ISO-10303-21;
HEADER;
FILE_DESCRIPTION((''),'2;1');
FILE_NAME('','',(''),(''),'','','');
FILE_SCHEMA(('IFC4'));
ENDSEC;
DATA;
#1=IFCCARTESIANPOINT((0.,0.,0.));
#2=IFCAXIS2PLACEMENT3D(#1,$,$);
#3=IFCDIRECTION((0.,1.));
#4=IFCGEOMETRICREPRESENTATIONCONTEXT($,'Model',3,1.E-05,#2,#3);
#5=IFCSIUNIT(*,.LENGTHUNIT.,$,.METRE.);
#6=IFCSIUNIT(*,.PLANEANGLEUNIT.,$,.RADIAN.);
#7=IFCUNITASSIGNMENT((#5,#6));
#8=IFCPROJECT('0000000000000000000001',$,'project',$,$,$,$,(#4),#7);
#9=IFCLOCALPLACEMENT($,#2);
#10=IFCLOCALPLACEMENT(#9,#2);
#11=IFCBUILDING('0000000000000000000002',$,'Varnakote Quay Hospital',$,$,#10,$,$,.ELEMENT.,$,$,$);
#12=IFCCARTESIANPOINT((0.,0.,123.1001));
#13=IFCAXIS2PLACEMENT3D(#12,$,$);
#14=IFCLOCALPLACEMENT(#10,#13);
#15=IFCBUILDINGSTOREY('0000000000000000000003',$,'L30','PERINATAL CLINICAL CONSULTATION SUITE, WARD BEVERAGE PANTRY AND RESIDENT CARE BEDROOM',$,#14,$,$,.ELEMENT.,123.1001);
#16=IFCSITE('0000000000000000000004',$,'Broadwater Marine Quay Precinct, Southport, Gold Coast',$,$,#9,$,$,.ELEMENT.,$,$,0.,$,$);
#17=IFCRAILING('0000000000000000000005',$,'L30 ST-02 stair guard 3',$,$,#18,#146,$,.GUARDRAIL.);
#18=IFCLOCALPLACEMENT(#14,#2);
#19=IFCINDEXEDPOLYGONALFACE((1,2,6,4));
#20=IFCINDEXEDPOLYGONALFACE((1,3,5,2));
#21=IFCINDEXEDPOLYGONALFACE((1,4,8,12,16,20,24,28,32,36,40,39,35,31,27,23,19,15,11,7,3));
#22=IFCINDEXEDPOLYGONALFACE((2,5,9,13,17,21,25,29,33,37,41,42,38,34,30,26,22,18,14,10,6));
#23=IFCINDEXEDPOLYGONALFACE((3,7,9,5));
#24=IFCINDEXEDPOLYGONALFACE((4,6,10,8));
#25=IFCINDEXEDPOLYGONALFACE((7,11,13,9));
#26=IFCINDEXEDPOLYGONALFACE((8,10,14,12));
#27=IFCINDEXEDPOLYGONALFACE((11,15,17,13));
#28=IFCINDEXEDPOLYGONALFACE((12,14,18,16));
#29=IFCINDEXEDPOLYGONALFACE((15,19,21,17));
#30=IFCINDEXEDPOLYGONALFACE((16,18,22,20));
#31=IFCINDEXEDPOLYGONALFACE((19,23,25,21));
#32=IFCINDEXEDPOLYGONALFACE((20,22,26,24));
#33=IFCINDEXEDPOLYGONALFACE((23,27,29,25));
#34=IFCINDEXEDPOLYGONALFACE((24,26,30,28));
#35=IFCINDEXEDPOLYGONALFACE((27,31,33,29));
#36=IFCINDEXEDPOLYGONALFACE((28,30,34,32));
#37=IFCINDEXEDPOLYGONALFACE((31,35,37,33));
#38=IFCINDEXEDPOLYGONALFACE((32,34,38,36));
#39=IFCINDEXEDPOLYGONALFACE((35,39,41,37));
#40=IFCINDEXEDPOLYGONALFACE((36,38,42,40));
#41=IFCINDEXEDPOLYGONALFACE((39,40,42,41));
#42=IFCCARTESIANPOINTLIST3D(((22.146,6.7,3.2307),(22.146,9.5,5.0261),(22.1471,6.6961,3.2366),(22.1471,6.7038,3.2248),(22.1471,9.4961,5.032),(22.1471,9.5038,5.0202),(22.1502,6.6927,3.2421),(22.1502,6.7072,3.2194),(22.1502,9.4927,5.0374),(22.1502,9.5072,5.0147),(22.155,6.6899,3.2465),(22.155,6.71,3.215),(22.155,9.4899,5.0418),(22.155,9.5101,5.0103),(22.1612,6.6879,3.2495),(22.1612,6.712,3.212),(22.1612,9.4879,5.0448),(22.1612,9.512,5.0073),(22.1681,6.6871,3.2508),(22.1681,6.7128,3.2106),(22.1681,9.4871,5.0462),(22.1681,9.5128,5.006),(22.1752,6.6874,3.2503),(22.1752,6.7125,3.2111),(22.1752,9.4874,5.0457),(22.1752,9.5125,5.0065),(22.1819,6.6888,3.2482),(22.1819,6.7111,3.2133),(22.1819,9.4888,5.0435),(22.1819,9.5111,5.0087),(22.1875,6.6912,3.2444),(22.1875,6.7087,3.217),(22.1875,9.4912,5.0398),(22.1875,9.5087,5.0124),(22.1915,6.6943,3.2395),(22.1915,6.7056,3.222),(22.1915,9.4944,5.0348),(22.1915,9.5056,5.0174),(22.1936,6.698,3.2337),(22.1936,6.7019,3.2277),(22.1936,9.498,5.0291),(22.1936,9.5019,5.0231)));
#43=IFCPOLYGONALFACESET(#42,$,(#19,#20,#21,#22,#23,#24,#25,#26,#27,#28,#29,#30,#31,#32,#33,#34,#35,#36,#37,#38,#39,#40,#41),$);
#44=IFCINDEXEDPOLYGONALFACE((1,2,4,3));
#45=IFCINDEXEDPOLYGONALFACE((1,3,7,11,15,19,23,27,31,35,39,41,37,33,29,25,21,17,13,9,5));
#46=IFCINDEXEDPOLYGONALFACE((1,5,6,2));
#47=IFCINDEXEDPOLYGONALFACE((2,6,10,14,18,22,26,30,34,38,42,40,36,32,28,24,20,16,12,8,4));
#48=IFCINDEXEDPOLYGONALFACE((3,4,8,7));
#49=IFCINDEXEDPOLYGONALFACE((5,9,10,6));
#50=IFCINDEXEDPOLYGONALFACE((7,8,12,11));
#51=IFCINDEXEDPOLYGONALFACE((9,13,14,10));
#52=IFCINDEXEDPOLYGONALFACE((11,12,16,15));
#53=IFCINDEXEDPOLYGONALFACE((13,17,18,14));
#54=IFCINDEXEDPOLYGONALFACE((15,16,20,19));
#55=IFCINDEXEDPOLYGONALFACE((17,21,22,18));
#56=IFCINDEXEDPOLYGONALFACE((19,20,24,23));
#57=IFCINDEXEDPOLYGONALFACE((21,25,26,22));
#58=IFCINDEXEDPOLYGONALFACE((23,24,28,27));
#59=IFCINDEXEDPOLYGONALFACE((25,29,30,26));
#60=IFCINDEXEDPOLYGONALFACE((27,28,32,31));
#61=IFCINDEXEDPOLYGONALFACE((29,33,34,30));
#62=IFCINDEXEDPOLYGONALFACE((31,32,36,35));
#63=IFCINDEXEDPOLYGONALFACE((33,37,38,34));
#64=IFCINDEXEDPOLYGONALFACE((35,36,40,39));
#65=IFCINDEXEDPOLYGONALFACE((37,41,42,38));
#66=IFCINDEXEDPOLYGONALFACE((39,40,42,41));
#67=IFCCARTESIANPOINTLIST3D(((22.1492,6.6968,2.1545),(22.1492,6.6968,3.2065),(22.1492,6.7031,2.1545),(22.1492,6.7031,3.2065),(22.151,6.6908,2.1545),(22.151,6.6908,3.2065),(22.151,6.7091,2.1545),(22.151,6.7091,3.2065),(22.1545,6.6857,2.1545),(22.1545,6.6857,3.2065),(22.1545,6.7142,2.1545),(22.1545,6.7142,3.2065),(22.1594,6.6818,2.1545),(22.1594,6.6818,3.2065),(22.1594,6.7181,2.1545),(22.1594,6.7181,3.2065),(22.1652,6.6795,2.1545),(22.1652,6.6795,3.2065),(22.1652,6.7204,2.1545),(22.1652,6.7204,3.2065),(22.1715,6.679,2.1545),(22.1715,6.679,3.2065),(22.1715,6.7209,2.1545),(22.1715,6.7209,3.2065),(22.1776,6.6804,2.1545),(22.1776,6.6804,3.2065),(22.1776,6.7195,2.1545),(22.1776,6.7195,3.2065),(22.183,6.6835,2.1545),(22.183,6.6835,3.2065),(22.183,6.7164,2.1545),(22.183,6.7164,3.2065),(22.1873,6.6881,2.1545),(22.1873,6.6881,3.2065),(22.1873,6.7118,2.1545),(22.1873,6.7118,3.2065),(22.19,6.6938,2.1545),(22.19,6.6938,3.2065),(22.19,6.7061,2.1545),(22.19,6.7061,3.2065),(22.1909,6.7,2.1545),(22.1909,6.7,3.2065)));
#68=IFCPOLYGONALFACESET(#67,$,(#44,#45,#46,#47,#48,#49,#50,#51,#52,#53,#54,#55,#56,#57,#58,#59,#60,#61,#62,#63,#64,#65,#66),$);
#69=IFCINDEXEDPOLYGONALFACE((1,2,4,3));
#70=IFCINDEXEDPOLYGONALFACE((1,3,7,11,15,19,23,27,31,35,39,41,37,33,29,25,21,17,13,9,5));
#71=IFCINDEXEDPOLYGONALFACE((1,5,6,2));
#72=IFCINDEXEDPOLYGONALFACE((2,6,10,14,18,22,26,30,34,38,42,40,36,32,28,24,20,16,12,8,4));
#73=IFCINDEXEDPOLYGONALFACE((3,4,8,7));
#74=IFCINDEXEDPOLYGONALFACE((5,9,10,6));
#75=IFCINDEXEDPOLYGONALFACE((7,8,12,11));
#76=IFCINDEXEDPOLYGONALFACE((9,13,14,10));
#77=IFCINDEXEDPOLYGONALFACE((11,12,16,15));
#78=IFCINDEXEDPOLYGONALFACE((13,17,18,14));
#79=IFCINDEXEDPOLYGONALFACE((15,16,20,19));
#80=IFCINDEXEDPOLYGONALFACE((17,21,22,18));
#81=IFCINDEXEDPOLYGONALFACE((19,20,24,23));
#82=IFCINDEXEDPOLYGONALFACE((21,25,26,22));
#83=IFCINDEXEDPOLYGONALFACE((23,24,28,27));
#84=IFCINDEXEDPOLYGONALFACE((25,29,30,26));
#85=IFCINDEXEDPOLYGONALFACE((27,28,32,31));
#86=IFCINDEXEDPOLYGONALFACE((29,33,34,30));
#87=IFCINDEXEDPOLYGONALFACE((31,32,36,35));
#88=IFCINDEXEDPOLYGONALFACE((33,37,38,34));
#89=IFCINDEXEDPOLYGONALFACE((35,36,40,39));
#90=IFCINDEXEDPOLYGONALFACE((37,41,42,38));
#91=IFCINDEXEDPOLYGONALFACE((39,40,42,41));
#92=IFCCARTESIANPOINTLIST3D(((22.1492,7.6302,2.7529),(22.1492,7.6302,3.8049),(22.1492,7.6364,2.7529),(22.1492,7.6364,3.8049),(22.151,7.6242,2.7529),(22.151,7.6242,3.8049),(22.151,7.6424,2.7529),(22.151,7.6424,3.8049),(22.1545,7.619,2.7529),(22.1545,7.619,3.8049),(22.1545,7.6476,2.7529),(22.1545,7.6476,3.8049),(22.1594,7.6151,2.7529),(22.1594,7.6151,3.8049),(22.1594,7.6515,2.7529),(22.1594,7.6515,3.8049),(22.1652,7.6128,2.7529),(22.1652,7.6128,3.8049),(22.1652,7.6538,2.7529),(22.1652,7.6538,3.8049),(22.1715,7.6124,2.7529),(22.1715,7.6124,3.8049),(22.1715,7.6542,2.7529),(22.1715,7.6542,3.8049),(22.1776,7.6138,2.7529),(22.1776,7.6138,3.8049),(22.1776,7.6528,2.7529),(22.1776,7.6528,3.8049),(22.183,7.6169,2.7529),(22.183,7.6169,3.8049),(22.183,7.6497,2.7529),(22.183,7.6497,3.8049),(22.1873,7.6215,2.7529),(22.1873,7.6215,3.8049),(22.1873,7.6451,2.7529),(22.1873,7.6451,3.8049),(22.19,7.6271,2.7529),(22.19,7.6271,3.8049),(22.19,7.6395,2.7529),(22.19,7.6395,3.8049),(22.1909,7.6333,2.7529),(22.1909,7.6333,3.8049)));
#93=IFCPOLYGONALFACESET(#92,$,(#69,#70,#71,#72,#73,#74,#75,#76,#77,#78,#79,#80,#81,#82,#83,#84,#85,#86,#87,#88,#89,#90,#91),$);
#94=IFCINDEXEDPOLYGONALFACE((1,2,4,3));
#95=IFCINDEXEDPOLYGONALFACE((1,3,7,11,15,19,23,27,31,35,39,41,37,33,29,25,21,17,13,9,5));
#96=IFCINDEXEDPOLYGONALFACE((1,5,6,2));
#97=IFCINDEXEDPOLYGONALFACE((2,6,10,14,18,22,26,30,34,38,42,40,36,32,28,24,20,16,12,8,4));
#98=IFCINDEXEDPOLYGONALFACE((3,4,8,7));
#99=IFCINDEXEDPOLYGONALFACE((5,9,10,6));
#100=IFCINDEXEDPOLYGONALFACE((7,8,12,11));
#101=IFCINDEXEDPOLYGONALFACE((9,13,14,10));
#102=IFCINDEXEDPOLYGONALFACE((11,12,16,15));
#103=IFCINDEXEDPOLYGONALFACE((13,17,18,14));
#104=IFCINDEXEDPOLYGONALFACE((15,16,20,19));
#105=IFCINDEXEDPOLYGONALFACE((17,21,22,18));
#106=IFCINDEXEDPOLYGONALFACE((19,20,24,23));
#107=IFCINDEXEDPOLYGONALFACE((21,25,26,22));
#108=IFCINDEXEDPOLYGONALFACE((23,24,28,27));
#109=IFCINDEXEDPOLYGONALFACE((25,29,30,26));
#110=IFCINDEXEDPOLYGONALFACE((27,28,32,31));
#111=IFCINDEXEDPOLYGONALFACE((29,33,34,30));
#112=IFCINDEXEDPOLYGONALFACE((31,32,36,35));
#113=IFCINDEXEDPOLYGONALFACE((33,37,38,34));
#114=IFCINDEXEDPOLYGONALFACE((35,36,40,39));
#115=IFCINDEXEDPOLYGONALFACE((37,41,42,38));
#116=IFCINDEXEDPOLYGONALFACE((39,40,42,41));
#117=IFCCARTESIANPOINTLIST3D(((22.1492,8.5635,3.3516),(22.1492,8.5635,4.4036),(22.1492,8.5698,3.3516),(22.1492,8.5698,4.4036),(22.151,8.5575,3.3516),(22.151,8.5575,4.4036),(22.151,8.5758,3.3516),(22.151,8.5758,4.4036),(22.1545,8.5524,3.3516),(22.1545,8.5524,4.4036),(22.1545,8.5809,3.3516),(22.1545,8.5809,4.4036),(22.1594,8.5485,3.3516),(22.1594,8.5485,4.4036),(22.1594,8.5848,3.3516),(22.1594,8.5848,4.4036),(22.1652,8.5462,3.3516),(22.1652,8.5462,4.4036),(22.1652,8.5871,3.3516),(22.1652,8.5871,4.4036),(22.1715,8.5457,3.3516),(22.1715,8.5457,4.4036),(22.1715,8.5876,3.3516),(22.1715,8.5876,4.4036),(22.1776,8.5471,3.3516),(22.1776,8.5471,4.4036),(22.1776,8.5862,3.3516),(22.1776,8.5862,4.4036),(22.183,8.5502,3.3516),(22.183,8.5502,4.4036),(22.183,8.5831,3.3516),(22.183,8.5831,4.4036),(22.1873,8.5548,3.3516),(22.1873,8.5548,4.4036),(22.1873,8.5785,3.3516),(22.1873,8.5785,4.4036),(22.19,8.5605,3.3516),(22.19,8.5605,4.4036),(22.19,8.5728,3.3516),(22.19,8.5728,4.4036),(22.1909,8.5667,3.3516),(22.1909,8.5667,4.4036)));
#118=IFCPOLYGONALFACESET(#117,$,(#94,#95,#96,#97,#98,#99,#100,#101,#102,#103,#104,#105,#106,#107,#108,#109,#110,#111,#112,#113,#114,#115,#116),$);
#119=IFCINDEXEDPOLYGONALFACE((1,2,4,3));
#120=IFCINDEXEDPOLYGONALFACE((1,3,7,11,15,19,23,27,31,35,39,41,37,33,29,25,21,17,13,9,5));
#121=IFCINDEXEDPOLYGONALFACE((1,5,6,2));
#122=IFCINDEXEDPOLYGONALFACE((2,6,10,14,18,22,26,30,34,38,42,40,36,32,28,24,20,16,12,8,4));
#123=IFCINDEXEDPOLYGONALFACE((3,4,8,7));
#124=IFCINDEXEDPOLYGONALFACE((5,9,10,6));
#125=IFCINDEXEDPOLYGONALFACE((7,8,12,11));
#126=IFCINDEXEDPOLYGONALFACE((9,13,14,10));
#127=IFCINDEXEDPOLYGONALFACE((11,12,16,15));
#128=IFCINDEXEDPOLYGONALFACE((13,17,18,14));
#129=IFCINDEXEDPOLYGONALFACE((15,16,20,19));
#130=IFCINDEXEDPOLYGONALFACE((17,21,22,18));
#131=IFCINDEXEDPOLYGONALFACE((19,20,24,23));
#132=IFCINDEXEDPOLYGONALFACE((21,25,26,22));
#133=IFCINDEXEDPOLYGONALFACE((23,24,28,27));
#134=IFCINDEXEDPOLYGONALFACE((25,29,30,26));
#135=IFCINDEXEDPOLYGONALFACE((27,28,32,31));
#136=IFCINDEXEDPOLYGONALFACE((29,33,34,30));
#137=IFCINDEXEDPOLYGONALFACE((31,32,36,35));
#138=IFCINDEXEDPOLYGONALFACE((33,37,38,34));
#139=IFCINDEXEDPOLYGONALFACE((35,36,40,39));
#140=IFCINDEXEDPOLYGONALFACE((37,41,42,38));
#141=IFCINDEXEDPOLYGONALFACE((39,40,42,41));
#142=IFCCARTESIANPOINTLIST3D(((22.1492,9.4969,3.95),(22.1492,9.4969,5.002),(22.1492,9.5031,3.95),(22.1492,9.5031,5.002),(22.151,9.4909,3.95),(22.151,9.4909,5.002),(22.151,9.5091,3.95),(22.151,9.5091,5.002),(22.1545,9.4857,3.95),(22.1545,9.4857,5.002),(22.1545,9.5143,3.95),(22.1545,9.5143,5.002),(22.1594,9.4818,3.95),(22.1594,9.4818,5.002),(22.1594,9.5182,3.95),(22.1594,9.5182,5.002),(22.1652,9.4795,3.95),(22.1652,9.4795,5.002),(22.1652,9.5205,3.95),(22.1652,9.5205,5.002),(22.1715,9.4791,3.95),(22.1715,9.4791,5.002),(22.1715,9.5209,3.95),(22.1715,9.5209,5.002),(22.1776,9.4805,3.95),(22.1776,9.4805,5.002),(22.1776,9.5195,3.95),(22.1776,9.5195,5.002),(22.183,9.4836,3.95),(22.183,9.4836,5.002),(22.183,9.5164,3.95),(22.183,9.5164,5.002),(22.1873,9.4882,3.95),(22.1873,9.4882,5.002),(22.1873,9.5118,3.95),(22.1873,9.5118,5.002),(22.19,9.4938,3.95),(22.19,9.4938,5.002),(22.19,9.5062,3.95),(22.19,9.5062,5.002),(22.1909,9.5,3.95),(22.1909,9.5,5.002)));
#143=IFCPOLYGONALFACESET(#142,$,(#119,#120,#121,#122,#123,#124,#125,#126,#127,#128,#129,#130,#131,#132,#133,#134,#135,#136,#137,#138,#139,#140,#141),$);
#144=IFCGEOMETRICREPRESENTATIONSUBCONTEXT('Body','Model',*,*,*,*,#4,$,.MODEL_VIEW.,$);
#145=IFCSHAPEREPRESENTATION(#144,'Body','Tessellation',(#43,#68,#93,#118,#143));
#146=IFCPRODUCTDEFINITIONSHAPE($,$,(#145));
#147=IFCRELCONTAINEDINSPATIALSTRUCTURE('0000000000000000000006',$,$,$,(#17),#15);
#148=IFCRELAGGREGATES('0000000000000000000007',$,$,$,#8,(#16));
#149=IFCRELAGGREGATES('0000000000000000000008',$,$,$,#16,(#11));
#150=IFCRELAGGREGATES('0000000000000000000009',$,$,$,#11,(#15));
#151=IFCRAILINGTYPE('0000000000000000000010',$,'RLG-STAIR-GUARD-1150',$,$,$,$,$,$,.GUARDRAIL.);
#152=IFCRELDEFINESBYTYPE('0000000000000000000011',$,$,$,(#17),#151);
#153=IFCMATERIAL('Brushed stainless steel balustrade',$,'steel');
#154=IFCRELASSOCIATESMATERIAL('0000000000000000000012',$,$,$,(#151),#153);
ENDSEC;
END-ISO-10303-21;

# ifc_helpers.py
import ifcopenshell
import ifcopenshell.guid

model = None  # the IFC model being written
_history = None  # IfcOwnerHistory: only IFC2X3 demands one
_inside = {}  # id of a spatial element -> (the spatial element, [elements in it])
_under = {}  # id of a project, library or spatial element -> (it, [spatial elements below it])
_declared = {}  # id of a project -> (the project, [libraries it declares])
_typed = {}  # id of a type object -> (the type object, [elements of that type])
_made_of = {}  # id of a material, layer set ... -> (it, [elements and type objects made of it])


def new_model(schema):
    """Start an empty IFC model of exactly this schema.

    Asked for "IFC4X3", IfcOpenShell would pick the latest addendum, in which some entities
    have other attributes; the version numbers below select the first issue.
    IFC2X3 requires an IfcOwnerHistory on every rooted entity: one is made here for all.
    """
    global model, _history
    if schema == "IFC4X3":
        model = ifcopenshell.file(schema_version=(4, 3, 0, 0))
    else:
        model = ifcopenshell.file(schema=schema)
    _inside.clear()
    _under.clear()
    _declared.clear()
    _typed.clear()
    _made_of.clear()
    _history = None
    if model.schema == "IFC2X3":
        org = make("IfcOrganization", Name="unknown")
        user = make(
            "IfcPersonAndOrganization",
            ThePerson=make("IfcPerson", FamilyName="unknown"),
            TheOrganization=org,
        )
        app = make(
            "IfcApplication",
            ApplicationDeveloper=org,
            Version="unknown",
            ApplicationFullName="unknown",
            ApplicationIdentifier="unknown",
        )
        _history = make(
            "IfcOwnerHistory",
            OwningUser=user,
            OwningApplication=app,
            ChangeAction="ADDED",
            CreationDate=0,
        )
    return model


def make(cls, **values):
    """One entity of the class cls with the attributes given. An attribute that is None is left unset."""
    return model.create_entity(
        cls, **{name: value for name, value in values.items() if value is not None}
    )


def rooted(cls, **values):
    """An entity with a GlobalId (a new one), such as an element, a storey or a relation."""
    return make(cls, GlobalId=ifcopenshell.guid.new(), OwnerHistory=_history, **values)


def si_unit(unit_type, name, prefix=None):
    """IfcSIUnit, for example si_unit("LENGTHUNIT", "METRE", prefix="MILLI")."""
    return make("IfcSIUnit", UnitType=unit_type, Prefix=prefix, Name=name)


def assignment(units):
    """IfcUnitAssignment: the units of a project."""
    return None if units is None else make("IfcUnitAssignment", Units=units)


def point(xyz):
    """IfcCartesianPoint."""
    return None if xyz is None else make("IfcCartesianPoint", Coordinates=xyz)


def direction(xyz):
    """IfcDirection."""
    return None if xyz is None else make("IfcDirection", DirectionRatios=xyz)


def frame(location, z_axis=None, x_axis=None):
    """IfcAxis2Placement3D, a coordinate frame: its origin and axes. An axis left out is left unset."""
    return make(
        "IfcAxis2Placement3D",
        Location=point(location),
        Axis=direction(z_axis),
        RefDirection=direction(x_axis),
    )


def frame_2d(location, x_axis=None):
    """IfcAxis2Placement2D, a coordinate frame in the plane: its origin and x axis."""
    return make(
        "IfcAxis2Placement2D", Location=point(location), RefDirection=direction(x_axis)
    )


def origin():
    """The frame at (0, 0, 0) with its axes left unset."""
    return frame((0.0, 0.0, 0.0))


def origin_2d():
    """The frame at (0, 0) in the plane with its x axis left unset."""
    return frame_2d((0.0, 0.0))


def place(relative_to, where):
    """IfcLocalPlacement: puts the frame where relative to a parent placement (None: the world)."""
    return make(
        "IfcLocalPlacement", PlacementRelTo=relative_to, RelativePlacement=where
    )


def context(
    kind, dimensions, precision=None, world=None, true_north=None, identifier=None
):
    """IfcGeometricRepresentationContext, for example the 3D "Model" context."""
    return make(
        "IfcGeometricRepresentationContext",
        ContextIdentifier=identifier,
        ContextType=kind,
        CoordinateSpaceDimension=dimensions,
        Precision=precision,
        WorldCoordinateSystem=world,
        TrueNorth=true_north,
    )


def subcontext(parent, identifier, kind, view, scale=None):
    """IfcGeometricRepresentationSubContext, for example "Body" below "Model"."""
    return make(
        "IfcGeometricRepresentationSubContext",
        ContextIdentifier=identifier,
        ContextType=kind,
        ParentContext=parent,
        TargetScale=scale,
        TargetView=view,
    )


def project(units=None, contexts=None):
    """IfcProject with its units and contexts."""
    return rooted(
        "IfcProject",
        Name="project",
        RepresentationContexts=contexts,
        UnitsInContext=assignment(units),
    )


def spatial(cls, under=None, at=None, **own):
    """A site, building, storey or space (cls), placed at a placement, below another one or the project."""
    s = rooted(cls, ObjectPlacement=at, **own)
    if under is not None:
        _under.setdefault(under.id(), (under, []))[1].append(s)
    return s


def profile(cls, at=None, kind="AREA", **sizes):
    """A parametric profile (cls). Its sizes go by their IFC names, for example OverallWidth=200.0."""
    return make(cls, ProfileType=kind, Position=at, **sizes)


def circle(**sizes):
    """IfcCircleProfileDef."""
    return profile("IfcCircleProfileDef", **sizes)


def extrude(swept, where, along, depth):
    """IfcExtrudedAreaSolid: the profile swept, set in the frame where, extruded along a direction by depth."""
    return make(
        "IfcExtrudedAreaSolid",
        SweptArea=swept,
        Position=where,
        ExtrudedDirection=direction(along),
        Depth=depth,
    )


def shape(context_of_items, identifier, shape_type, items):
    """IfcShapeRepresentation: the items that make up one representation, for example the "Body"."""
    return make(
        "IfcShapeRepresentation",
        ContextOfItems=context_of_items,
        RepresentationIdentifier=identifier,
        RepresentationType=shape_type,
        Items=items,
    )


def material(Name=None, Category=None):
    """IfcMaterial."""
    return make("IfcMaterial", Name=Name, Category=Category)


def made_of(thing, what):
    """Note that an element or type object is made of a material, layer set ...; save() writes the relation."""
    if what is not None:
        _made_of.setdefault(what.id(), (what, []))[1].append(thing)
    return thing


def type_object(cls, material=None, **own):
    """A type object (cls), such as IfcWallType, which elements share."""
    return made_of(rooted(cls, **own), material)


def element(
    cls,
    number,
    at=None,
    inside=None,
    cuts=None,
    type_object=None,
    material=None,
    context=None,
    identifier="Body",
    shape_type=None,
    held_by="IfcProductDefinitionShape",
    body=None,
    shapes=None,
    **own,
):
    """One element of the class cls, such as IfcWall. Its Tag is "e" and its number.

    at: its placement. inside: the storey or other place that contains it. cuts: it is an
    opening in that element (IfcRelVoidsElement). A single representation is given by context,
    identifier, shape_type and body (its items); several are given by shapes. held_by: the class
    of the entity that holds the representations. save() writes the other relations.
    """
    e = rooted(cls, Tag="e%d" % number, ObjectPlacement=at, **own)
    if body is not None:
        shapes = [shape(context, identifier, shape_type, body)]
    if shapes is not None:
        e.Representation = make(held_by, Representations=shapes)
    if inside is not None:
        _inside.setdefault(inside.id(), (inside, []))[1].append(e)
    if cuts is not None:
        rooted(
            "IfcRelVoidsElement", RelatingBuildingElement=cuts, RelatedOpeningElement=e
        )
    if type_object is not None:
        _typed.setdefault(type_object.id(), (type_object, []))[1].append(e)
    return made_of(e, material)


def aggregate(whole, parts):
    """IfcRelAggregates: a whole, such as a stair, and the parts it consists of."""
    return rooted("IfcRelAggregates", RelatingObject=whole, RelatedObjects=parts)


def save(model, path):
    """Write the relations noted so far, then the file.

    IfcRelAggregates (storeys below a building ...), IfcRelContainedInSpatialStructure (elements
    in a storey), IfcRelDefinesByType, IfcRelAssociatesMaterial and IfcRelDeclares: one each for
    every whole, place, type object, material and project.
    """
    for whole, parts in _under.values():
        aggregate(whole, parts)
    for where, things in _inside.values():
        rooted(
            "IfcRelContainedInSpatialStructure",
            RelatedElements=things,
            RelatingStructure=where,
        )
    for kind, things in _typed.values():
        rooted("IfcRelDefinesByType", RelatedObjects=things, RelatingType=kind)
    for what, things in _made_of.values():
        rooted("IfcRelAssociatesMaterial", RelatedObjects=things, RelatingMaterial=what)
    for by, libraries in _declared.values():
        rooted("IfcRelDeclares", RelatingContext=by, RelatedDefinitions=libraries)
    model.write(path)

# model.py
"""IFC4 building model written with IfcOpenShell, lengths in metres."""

from ifc_helpers import new_model, si_unit, direction, frame, origin, origin_2d, place, context, subcontext, project, spatial, circle, extrude, material, type_object, element, save


model = new_model("IFC4")

# Units and contexts
model_context = context("Model", 3, precision=1e-05, world=origin(), true_north=direction((0.0, 1.0)))
body_context = subcontext(model_context, "Body", "Model", "MODEL_VIEW")
ifc_project = project(units=[si_unit("LENGTHUNIT", "METRE"), si_unit("PLANEANGLEUNIT", "RADIAN")], contexts=[model_context])

# Site, building, storey
site_placement = place(None, origin())
site = spatial("IfcSite", under=ifc_project, at=site_placement, Name="Broadwater Marine Quay Precinct, Southport, Gold Coast", CompositionType="ELEMENT", RefElevation=0.0)
building_placement = place(site_placement, origin())
building = spatial("IfcBuilding", under=site, at=building_placement, Name="Varnakote Quay Hospital", CompositionType="ELEMENT")
storey_placement = place(building_placement, frame((0.0, 0.0, 123.1001)))
storey = spatial("IfcBuildingStorey", under=building, at=storey_placement, Name="L30", Description="PERINATAL CLINICAL CONSULTATION SUITE, WARD BEVERAGE PANTRY AND RESIDENT CARE BEDROOM", CompositionType="ELEMENT", Elevation=123.1001)

# Railing
ifc_material_1 = material(Name="Brushed stainless steel balustrade", Category="steel")
railing_type_1 = type_object("IfcRailingType", Name="RLG-STAIR-GUARD-1150", PredefinedType="GUARDRAIL", material=ifc_material_1)
railing_1_placement = place(storey_placement, frame((22.1699, 6.7, 2.1545)))
element("IfcRailing", 1, at=railing_1_placement, inside=storey, type_object=railing_type_1, Name="L30 ST-02 stair guard 3", PredefinedType="GUARDRAIL", context=body_context, shape_type="SweptSolid", body=[
    extrude(circle(Radius=0.0239, at=origin_2d()), frame((0.0, 0.0, 1.0762), z_axis=(0.0, 0.84181, 0.539774), x_axis=(-1.0, 0.0, 0.0)), (0.0, 0.0, 1.0), 3.3262),
    extrude(circle(Radius=0.021, at=origin_2d()), origin(), (0.0, 0.0, 1.0), 1.052),
    extrude(circle(Radius=0.021, at=origin_2d()), frame((0.0, 0.9333, 0.5984)), (0.0, 0.0, 1.0), 1.052),
    extrude(circle(Radius=0.021, at=origin_2d()), frame((0.0, 1.8667, 1.197)), (0.0, 0.0, 1.0), 1.052),
    extrude(circle(Radius=0.021, at=origin_2d()), frame((0.0, 2.8, 1.7954)), (0.0, 0.0, 1.0), 1.052),
])

save(model, "model.ifc")
